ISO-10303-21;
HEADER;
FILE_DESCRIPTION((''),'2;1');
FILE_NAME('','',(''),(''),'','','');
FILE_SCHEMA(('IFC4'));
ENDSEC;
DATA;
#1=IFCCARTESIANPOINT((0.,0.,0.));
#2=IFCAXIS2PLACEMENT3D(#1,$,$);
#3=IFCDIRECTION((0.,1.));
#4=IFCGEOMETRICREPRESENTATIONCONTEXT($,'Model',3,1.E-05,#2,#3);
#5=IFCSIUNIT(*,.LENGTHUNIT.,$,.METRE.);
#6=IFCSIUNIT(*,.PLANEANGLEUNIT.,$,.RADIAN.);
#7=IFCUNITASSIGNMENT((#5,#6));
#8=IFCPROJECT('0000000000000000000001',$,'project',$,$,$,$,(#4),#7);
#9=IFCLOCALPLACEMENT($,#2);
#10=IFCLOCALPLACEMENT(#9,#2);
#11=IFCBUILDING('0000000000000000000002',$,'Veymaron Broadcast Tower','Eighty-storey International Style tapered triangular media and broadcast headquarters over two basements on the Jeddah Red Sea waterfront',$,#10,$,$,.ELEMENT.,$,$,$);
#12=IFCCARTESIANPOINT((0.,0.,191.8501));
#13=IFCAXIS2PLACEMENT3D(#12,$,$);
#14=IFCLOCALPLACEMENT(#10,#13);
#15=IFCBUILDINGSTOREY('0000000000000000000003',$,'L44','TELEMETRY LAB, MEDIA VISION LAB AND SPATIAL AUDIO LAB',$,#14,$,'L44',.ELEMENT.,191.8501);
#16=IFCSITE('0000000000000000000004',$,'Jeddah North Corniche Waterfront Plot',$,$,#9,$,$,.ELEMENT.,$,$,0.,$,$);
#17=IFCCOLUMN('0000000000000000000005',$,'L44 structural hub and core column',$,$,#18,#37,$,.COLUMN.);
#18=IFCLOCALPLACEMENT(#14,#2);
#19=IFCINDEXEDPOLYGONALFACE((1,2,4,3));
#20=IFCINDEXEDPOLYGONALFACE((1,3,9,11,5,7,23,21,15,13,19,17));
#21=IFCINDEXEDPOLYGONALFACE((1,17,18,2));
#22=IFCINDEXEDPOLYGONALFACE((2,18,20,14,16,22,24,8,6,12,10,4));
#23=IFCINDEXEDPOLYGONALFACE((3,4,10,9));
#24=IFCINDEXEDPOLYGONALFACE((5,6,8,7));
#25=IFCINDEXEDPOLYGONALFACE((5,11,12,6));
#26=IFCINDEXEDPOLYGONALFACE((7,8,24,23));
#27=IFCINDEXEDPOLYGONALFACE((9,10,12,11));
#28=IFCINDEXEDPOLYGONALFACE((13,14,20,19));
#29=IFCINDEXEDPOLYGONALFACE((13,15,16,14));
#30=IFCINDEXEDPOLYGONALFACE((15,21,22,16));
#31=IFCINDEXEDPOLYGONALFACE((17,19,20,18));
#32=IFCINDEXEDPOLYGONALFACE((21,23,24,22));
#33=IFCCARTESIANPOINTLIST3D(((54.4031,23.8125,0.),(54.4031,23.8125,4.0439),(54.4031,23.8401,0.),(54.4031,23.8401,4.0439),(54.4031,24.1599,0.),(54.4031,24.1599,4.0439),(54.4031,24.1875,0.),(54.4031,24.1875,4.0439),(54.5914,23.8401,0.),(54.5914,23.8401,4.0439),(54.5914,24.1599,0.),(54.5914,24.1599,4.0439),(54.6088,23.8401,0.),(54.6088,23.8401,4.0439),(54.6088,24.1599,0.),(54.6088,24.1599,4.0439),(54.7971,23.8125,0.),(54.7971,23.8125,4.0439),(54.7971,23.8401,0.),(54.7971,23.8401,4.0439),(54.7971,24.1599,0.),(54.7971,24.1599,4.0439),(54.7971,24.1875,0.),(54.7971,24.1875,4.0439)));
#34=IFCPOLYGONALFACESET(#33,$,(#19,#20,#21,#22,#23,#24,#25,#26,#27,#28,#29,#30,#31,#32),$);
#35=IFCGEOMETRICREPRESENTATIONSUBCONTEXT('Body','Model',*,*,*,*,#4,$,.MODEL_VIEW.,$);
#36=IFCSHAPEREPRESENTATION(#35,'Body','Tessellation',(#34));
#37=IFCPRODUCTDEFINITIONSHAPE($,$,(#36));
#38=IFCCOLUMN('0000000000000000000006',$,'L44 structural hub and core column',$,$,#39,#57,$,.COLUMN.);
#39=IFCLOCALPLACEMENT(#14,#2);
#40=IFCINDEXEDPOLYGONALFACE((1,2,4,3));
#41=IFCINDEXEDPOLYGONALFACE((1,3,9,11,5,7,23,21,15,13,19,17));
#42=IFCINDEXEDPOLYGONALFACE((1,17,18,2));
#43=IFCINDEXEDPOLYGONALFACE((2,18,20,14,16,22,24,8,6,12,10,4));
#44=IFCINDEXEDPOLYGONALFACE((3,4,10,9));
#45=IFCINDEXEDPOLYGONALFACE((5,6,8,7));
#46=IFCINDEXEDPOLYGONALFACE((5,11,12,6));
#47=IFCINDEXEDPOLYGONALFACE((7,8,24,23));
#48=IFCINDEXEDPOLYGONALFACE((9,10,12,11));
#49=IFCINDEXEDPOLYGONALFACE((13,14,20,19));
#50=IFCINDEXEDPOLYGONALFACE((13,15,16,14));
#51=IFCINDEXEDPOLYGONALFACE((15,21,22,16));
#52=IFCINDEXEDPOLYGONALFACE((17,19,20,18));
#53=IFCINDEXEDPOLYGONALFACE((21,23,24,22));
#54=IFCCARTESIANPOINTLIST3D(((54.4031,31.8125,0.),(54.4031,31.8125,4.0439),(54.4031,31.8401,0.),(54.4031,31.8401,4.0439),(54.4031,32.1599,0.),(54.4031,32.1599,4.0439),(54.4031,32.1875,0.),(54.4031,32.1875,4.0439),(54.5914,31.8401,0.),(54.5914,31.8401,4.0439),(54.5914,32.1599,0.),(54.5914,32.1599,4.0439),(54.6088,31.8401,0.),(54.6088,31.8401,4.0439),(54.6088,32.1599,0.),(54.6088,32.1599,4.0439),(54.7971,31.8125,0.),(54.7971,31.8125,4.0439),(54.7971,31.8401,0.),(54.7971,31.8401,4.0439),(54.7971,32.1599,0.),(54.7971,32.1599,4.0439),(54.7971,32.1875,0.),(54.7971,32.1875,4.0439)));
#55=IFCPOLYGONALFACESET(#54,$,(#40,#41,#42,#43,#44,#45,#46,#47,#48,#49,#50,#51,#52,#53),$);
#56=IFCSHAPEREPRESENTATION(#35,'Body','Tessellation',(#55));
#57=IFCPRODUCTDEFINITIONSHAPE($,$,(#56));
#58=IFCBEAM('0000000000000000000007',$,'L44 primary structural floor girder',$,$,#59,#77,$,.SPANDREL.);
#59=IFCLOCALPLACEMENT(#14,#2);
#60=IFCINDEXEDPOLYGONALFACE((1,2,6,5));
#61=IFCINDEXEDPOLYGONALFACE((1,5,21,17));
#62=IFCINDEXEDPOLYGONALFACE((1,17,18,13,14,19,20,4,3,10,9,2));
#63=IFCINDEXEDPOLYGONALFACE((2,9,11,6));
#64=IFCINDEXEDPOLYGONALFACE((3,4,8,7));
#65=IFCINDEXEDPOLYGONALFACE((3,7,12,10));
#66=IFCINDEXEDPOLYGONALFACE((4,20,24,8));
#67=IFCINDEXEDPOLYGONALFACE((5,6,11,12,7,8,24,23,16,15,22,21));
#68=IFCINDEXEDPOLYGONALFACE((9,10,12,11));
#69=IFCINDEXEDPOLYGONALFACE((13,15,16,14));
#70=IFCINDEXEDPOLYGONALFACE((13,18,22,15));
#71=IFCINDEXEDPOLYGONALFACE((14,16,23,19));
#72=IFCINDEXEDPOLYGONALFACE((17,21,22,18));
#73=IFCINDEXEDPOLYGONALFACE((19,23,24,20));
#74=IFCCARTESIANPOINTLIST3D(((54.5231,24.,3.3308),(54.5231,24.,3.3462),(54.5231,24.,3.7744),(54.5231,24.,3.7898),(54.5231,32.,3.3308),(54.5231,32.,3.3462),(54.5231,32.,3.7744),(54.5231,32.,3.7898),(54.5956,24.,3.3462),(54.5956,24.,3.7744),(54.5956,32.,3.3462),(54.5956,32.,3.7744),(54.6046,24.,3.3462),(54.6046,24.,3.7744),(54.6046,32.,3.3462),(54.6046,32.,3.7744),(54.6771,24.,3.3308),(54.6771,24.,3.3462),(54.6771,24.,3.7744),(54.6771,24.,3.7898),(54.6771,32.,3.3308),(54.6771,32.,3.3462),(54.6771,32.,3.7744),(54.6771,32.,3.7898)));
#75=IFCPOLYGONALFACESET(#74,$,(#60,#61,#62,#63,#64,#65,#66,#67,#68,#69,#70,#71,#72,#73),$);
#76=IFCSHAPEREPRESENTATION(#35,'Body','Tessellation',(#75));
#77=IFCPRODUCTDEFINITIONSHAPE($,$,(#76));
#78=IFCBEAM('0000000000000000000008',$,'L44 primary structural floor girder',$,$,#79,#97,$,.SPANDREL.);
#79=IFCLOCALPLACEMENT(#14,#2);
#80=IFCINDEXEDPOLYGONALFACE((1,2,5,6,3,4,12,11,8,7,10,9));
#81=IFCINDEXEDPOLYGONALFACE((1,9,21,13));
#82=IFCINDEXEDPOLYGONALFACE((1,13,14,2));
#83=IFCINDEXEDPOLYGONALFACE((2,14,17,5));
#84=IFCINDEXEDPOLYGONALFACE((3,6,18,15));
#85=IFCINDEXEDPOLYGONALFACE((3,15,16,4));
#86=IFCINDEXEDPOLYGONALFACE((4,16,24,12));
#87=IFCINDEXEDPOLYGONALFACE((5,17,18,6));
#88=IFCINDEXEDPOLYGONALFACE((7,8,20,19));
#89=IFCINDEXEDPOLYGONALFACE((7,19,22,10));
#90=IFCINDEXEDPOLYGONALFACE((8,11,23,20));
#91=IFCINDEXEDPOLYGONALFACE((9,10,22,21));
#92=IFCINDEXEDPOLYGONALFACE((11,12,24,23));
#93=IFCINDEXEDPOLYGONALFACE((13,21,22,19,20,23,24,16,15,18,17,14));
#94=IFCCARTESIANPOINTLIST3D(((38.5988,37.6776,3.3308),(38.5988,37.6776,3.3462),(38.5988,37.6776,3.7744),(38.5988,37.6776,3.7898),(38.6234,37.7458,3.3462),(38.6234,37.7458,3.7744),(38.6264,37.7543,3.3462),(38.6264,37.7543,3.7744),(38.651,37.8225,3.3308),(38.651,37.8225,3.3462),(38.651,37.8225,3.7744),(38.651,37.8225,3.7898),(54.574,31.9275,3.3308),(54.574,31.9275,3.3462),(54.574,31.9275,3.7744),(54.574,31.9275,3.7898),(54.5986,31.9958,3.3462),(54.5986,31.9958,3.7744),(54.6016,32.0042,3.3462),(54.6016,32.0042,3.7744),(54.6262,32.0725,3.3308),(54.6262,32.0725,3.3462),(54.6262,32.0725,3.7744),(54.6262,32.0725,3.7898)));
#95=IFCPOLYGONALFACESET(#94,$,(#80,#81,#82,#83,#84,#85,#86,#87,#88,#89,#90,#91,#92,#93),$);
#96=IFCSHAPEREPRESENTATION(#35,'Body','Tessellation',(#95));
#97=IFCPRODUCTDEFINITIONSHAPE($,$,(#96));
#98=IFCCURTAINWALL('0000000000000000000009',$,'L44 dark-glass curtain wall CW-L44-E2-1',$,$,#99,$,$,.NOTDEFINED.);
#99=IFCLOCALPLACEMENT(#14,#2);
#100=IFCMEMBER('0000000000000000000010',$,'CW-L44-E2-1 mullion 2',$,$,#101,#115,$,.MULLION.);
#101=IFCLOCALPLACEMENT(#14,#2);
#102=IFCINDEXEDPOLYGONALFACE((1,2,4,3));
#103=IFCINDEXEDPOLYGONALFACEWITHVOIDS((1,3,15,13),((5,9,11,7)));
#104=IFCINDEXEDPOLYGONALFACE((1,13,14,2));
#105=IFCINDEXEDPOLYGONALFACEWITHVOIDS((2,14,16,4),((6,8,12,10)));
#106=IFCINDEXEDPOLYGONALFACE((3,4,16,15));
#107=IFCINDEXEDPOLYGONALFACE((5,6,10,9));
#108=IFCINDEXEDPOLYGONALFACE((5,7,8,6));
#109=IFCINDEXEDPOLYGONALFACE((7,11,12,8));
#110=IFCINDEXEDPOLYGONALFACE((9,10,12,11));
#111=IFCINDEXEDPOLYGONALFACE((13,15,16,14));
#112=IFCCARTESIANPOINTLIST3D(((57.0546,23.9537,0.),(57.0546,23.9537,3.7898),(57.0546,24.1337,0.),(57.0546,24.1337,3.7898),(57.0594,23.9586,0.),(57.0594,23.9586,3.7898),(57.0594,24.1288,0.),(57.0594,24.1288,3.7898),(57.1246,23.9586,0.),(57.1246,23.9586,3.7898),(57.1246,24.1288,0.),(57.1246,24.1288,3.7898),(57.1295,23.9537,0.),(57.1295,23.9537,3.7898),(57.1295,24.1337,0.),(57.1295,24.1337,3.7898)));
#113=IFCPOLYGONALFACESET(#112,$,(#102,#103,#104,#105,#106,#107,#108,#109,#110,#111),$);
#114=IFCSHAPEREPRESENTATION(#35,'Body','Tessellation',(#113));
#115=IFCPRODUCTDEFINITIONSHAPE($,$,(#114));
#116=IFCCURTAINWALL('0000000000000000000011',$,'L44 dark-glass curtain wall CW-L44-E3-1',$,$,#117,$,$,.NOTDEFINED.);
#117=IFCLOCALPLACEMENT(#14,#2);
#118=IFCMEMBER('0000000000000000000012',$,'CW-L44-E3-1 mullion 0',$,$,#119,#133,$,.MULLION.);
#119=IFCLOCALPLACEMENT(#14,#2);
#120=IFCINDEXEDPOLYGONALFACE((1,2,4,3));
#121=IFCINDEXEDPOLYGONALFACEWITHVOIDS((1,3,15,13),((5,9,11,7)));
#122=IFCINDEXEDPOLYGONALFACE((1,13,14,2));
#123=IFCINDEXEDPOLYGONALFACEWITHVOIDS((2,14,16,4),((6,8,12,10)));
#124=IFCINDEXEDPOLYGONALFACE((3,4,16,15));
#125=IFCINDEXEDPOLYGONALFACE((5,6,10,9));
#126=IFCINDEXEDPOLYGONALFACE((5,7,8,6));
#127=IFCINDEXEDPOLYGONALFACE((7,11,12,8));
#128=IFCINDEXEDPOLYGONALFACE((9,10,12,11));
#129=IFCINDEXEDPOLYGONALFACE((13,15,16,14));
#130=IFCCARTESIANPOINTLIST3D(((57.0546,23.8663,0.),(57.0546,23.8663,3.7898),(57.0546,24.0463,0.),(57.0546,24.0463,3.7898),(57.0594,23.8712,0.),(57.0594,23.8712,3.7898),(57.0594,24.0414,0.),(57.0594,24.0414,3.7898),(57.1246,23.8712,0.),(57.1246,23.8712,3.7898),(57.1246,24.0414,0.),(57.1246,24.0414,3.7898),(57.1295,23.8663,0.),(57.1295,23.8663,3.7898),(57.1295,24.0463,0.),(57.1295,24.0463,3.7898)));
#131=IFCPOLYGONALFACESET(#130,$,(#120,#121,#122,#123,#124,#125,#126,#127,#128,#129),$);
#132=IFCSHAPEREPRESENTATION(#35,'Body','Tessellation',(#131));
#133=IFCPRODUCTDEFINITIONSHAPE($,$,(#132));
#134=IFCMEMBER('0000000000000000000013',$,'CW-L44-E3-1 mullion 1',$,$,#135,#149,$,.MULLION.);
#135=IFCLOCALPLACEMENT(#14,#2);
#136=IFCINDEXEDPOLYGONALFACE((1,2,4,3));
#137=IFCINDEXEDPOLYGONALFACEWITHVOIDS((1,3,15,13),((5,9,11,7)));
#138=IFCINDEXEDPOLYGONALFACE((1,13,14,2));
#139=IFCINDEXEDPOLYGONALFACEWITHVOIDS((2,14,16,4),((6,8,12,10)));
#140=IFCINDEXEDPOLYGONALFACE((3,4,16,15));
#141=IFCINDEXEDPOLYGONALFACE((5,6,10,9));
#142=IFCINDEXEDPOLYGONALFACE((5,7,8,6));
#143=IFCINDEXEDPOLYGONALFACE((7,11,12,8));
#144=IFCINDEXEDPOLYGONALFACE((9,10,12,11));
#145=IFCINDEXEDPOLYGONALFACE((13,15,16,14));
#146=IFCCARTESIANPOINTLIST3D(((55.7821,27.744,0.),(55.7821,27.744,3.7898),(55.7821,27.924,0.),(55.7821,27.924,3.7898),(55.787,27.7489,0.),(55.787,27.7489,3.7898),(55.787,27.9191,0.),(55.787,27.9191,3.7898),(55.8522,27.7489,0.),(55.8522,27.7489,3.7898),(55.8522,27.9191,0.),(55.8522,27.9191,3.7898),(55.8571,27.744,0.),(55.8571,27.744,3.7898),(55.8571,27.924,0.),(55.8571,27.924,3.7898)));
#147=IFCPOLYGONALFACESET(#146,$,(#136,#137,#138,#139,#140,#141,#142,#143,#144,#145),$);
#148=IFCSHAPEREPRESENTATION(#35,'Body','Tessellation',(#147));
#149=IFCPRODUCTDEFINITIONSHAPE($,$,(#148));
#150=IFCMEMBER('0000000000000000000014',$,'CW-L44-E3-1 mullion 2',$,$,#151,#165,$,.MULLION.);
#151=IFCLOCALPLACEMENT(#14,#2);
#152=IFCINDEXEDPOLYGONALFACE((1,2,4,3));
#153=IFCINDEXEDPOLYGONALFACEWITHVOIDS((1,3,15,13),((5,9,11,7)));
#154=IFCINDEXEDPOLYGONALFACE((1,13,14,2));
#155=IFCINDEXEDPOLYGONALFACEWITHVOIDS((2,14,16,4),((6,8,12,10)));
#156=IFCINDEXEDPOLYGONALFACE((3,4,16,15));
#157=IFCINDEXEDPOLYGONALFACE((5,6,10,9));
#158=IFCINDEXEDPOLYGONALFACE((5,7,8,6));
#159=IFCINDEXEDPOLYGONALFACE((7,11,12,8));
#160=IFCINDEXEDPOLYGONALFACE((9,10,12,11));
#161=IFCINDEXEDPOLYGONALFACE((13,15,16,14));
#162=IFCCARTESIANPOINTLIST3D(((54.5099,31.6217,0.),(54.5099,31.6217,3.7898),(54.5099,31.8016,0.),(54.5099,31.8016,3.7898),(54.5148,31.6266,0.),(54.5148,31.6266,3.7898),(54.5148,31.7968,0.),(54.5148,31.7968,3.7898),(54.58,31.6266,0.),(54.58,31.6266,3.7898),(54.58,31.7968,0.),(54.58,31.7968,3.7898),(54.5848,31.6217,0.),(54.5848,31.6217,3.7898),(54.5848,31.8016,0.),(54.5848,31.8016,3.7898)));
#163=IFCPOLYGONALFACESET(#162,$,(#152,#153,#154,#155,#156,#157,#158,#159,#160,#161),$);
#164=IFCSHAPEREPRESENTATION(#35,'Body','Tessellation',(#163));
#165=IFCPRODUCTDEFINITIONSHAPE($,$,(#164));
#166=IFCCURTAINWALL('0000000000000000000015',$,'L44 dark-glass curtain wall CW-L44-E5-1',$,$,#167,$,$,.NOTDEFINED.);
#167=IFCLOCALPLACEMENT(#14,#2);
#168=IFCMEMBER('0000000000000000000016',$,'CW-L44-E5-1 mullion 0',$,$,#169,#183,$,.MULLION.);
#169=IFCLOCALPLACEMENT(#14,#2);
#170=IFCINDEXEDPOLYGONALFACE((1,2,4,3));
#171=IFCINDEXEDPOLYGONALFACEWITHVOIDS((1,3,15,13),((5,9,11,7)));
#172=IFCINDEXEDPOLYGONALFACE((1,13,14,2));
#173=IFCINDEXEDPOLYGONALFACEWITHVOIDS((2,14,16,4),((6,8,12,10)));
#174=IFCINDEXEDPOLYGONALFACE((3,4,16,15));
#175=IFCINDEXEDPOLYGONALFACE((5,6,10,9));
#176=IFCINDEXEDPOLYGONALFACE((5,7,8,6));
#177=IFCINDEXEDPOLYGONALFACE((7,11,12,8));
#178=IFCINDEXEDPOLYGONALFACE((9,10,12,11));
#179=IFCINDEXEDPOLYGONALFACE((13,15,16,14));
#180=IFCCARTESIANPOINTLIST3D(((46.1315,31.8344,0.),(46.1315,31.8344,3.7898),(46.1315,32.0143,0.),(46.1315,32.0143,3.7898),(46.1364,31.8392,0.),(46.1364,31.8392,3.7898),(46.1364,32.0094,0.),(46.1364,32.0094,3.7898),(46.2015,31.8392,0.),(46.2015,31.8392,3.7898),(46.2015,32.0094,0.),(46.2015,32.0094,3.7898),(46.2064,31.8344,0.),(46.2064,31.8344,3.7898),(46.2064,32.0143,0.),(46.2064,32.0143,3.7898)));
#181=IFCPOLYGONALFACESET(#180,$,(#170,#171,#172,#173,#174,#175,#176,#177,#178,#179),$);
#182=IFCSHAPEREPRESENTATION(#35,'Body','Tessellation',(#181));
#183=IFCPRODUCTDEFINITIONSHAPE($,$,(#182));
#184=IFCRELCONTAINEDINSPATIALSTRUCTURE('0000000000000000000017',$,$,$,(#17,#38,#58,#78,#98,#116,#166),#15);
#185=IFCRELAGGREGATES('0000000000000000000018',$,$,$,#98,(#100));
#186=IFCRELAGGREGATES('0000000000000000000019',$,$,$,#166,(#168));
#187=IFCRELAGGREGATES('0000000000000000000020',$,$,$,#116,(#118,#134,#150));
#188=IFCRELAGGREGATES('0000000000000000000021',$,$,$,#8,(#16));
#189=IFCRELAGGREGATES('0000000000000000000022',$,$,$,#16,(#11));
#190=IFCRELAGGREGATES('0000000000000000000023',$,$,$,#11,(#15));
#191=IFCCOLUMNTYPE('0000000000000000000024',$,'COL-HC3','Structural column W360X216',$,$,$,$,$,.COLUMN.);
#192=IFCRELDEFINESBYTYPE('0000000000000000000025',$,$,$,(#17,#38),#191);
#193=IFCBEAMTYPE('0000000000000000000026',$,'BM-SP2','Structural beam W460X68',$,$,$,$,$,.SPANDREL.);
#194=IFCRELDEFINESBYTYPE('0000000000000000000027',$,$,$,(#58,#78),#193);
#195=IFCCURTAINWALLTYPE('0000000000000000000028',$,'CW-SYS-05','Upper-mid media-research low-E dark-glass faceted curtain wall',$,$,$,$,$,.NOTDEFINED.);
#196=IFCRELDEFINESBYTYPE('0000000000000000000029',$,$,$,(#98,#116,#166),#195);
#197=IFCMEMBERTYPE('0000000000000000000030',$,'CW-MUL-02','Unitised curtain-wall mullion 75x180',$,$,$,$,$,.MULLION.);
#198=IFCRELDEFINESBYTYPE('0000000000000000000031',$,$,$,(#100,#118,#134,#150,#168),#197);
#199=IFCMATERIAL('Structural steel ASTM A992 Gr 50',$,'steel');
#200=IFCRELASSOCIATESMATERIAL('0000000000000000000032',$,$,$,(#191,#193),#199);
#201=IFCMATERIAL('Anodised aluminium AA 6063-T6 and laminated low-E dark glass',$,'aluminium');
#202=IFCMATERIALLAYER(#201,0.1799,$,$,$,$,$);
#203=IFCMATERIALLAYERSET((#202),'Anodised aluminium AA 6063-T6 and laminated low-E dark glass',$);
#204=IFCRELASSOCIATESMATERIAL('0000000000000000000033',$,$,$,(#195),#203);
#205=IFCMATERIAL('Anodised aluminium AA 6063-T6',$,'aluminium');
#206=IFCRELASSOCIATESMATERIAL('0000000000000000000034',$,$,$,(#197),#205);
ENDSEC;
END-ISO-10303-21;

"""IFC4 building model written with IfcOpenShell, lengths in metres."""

from ifc_helpers import new_model, si_unit, direction, frame, origin, origin_2d, place, context, subcontext, project, spatial, hollow_rectangle, i_section, extrude, material, layer, layer_set, material_profile, profile_set, type_object, element, aggregate, save


model = new_model("IFC4")

# Units and contexts
model_context = context("Model", 3, precision=1e-05, world=origin(), true_north=direction((0.0, 1.0)))
body_context = subcontext(model_context, "Body", "Model", "MODEL_VIEW")
ifc_project = project(units=[si_unit("LENGTHUNIT", "METRE"), si_unit("PLANEANGLEUNIT", "RADIAN")], contexts=[model_context])

# Site, building, storey
site_placement = place(None, origin())
site = spatial("IfcSite", under=ifc_project, at=site_placement, Name="Jeddah North Corniche Waterfront Plot", CompositionType="ELEMENT", RefElevation=0.0)
building_placement = place(site_placement, origin())
building = spatial("IfcBuilding", under=site, at=building_placement, Name="Veymaron Broadcast Tower", Description="Eighty-storey International Style tapered triangular media and broadcast headquarters over two basements on the Jeddah Red Sea waterfront", CompositionType="ELEMENT")
storey_placement = place(building_placement, frame((0.0, 0.0, 191.8501)))
storey = spatial("IfcBuildingStorey", under=building, at=storey_placement, Name="L44", Description="TELEMETRY LAB, MEDIA VISION LAB AND SPATIAL AUDIO LAB", LongName="L44", CompositionType="ELEMENT", Elevation=191.8501)

# Columns
ifc_material_1 = material(Name="Structural steel ASTM A992 Gr 50", Category="steel")
ifc_material_profile_1 = material_profile(ifc_material_1, i_section(OverallWidth=0.394, OverallDepth=0.375, WebThickness=0.0173, FlangeThickness=0.0276, at=origin_2d()), Name="W360X216")
ifc_profile_set_1 = profile_set([ifc_material_profile_1], Name="Structural steel ASTM A992 Gr 50")
column_type = type_object("IfcColumnType", Name="COL-HC3", Description="Structural column W360X216", PredefinedType="COLUMN", material=ifc_profile_set_1)
for number, where, z_axis, x_axis, name in (
    (1, (54.6001, 24.0, 0.0), (0.0, 0.0, 1.0), (1.0, 0.0, 0.0), "L44 structural hub and core column"),
    (2, (54.6001, 32.0, 0.0), (0.0, 0.0, 1.0), (1.0, 0.0, 0.0), "L44 structural hub and core column"),
):
    element("IfcColumn", number, at=place(storey_placement, frame(where, z_axis=z_axis, x_axis=x_axis)), inside=storey, type_object=column_type, Name=name, PredefinedType="COLUMN", context=body_context, shape_type="SweptSolid", body=[
        extrude(i_section(OverallWidth=0.394, OverallDepth=0.375, WebThickness=0.0173, FlangeThickness=0.0276, at=origin_2d()), origin(), (0.0, 0.0, 1.0), 4.0439),
    ])

# Beams
ifc_material_profile_2 = material_profile(ifc_material_1, i_section(OverallWidth=0.1541, OverallDepth=0.459, WebThickness=0.009, FlangeThickness=0.0154, at=origin_2d()), Name="W460X68")
ifc_profile_set_2 = profile_set([ifc_material_profile_2], Name="Structural steel ASTM A992 Gr 50")
beam_type = type_object("IfcBeamType", Name="BM-SP2", Description="Structural beam W460X68", PredefinedType="SPANDREL", material=ifc_profile_set_2)
beam_1_placement = place(storey_placement, frame((54.6001, 24.0, 3.5603), z_axis=(0.0, 1.0, 0.0), x_axis=(-1.0, 0.0, 0.0)))
element("IfcBeam", 3, at=beam_1_placement, inside=storey, type_object=beam_type, Name="L44 primary structural floor girder", PredefinedType="SPANDREL", context=body_context, shape_type="SweptSolid", body=[
    extrude(i_section(OverallWidth=0.1541, OverallDepth=0.459, WebThickness=0.009, FlangeThickness=0.0154, at=origin_2d()), origin(), (0.0, 0.0, 1.0), 8.0),
])
beam_2_placement = place(storey_placement, frame((54.6001, 32.0, 3.5603), z_axis=(-0.940907, 0.338665, 0.0), x_axis=(-0.338665, -0.940907, 0.0)))
element("IfcBeam", 4, at=beam_2_placement, inside=storey, type_object=beam_type, Name="L44 primary structural floor girder", PredefinedType="SPANDREL", context=body_context, shape_type="SweptSolid", body=[
    extrude(i_section(OverallWidth=0.1541, OverallDepth=0.459, WebThickness=0.009, FlangeThickness=0.0154, at=origin_2d()), origin(), (0.0, 0.0, 1.0), 16.9785),
])

# Curtain wall, member
ifc_material_2 = material(Name="Anodised aluminium AA 6063-T6 and laminated low-E dark glass", Category="aluminium")
ifc_layer_1 = layer(ifc_material_2, 0.1799)
ifc_layer_set_1 = layer_set([ifc_layer_1], Name="Anodised aluminium AA 6063-T6 and laminated low-E dark glass")
curtain_wall_type = type_object("IfcCurtainWallType", Name="CW-SYS-05", Description="Upper-mid media-research low-E dark-glass faceted curtain wall", PredefinedType="NOTDEFINED", material=ifc_layer_set_1)
curtain_wall_1_placement = place(storey_placement, origin())
curtain_wall_1 = element("IfcCurtainWall", 5, at=curtain_wall_1_placement, inside=storey, type_object=curtain_wall_type, Name="L44 dark-glass curtain wall CW-L44-E2-1", PredefinedType="NOTDEFINED")
ifc_material_3 = material(Name="Anodised aluminium AA 6063-T6", Category="aluminium")
ifc_material_profile_3 = material_profile(ifc_material_3, hollow_rectangle(XDim=0.075, YDim=0.1799, WallThickness=0.0049, at=origin_2d()), Name="AL180X75X5")
ifc_profile_set_3 = profile_set([ifc_material_profile_3], Name="Anodised aluminium AA 6063-T6")
member_type_1 = type_object("IfcMemberType", Name="CW-MUL-02", Description="Unitised curtain-wall mullion 75x180", PredefinedType="MULLION", material=ifc_profile_set_3)
member_1_placement = place(storey_placement, frame((57.092, 24.0437, 0.0), z_axis=(0.0, 0.0, 1.0), x_axis=(1.0, 0.0, 0.0)))
member_1 = element("IfcMember", 6, at=member_1_placement, type_object=member_type_1, Name="CW-L44-E2-1 mullion 2", PredefinedType="MULLION", context=body_context, shape_type="SweptSolid", body=[
    extrude(hollow_rectangle(XDim=0.075, YDim=0.1799, WallThickness=0.0049, at=origin_2d()), origin(), (0.0, 0.0, 1.0), 3.7898),
])
aggregate(curtain_wall_1, [member_1])

# Curtain wall, members
curtain_wall_2_placement = place(storey_placement, origin())
curtain_wall_2 = element("IfcCurtainWall", 7, at=curtain_wall_2_placement, inside=storey, type_object=curtain_wall_type, Name="L44 dark-glass curtain wall CW-L44-E3-1", PredefinedType="NOTDEFINED")
member_2_placement = place(storey_placement, frame((57.092, 23.9563, 0.0), z_axis=(0.0, 0.0, 1.0), x_axis=(1.0, 0.0, 0.0)))
member_2 = element("IfcMember", 8, at=member_2_placement, type_object=member_type_1, Name="CW-L44-E3-1 mullion 0", PredefinedType="MULLION", context=body_context, shape_type="SweptSolid", body=[
    extrude(hollow_rectangle(XDim=0.075, YDim=0.1799, WallThickness=0.0049, at=origin_2d()), origin(), (0.0, 0.0, 1.0), 3.7898),
])
member_3_placement = place(storey_placement, frame((55.8196, 27.834, 0.0), z_axis=(0.0, 0.0, 1.0), x_axis=(1.0, 0.0, 0.0)))
member_3 = element("IfcMember", 9, at=member_3_placement, type_object=member_type_1, Name="CW-L44-E3-1 mullion 1", PredefinedType="MULLION", context=body_context, shape_type="SweptSolid", body=[
    extrude(hollow_rectangle(XDim=0.075, YDim=0.1799, WallThickness=0.0049, at=origin_2d()), origin(), (0.0, 0.0, 1.0), 3.7898),
])
member_4_placement = place(storey_placement, frame((54.5474, 31.7117, 0.0), z_axis=(0.0, 0.0, 1.0), x_axis=(1.0, 0.0, 0.0)))
member_4 = element("IfcMember", 10, at=member_4_placement, type_object=member_type_1, Name="CW-L44-E3-1 mullion 2", PredefinedType="MULLION", context=body_context, shape_type="SweptSolid", body=[
    extrude(hollow_rectangle(XDim=0.075, YDim=0.1799, WallThickness=0.0049, at=origin_2d()), origin(), (0.0, 0.0, 1.0), 3.7898),
])

# Curtain wall, member
curtain_wall_3_placement = place(storey_placement, origin())
curtain_wall_3 = element("IfcCurtainWall", 11, at=curtain_wall_3_placement, inside=storey, type_object=curtain_wall_type, Name="L44 dark-glass curtain wall CW-L44-E5-1", PredefinedType="NOTDEFINED")
member_5_placement = place(storey_placement, frame((46.1689, 31.9243, 0.0), z_axis=(0.0, 0.0, 1.0), x_axis=(1.0, 0.0, 0.0)))
member_5 = element("IfcMember", 12, at=member_5_placement, type_object=member_type_1, Name="CW-L44-E5-1 mullion 0", PredefinedType="MULLION", context=body_context, shape_type="SweptSolid", body=[
    extrude(hollow_rectangle(XDim=0.075, YDim=0.1799, WallThickness=0.0049, at=origin_2d()), origin(), (0.0, 0.0, 1.0), 3.7898),
])

aggregate(curtain_wall_3, [member_5])

aggregate(curtain_wall_2, [member_2, member_3, member_4])

save(model, "model.ifc")
